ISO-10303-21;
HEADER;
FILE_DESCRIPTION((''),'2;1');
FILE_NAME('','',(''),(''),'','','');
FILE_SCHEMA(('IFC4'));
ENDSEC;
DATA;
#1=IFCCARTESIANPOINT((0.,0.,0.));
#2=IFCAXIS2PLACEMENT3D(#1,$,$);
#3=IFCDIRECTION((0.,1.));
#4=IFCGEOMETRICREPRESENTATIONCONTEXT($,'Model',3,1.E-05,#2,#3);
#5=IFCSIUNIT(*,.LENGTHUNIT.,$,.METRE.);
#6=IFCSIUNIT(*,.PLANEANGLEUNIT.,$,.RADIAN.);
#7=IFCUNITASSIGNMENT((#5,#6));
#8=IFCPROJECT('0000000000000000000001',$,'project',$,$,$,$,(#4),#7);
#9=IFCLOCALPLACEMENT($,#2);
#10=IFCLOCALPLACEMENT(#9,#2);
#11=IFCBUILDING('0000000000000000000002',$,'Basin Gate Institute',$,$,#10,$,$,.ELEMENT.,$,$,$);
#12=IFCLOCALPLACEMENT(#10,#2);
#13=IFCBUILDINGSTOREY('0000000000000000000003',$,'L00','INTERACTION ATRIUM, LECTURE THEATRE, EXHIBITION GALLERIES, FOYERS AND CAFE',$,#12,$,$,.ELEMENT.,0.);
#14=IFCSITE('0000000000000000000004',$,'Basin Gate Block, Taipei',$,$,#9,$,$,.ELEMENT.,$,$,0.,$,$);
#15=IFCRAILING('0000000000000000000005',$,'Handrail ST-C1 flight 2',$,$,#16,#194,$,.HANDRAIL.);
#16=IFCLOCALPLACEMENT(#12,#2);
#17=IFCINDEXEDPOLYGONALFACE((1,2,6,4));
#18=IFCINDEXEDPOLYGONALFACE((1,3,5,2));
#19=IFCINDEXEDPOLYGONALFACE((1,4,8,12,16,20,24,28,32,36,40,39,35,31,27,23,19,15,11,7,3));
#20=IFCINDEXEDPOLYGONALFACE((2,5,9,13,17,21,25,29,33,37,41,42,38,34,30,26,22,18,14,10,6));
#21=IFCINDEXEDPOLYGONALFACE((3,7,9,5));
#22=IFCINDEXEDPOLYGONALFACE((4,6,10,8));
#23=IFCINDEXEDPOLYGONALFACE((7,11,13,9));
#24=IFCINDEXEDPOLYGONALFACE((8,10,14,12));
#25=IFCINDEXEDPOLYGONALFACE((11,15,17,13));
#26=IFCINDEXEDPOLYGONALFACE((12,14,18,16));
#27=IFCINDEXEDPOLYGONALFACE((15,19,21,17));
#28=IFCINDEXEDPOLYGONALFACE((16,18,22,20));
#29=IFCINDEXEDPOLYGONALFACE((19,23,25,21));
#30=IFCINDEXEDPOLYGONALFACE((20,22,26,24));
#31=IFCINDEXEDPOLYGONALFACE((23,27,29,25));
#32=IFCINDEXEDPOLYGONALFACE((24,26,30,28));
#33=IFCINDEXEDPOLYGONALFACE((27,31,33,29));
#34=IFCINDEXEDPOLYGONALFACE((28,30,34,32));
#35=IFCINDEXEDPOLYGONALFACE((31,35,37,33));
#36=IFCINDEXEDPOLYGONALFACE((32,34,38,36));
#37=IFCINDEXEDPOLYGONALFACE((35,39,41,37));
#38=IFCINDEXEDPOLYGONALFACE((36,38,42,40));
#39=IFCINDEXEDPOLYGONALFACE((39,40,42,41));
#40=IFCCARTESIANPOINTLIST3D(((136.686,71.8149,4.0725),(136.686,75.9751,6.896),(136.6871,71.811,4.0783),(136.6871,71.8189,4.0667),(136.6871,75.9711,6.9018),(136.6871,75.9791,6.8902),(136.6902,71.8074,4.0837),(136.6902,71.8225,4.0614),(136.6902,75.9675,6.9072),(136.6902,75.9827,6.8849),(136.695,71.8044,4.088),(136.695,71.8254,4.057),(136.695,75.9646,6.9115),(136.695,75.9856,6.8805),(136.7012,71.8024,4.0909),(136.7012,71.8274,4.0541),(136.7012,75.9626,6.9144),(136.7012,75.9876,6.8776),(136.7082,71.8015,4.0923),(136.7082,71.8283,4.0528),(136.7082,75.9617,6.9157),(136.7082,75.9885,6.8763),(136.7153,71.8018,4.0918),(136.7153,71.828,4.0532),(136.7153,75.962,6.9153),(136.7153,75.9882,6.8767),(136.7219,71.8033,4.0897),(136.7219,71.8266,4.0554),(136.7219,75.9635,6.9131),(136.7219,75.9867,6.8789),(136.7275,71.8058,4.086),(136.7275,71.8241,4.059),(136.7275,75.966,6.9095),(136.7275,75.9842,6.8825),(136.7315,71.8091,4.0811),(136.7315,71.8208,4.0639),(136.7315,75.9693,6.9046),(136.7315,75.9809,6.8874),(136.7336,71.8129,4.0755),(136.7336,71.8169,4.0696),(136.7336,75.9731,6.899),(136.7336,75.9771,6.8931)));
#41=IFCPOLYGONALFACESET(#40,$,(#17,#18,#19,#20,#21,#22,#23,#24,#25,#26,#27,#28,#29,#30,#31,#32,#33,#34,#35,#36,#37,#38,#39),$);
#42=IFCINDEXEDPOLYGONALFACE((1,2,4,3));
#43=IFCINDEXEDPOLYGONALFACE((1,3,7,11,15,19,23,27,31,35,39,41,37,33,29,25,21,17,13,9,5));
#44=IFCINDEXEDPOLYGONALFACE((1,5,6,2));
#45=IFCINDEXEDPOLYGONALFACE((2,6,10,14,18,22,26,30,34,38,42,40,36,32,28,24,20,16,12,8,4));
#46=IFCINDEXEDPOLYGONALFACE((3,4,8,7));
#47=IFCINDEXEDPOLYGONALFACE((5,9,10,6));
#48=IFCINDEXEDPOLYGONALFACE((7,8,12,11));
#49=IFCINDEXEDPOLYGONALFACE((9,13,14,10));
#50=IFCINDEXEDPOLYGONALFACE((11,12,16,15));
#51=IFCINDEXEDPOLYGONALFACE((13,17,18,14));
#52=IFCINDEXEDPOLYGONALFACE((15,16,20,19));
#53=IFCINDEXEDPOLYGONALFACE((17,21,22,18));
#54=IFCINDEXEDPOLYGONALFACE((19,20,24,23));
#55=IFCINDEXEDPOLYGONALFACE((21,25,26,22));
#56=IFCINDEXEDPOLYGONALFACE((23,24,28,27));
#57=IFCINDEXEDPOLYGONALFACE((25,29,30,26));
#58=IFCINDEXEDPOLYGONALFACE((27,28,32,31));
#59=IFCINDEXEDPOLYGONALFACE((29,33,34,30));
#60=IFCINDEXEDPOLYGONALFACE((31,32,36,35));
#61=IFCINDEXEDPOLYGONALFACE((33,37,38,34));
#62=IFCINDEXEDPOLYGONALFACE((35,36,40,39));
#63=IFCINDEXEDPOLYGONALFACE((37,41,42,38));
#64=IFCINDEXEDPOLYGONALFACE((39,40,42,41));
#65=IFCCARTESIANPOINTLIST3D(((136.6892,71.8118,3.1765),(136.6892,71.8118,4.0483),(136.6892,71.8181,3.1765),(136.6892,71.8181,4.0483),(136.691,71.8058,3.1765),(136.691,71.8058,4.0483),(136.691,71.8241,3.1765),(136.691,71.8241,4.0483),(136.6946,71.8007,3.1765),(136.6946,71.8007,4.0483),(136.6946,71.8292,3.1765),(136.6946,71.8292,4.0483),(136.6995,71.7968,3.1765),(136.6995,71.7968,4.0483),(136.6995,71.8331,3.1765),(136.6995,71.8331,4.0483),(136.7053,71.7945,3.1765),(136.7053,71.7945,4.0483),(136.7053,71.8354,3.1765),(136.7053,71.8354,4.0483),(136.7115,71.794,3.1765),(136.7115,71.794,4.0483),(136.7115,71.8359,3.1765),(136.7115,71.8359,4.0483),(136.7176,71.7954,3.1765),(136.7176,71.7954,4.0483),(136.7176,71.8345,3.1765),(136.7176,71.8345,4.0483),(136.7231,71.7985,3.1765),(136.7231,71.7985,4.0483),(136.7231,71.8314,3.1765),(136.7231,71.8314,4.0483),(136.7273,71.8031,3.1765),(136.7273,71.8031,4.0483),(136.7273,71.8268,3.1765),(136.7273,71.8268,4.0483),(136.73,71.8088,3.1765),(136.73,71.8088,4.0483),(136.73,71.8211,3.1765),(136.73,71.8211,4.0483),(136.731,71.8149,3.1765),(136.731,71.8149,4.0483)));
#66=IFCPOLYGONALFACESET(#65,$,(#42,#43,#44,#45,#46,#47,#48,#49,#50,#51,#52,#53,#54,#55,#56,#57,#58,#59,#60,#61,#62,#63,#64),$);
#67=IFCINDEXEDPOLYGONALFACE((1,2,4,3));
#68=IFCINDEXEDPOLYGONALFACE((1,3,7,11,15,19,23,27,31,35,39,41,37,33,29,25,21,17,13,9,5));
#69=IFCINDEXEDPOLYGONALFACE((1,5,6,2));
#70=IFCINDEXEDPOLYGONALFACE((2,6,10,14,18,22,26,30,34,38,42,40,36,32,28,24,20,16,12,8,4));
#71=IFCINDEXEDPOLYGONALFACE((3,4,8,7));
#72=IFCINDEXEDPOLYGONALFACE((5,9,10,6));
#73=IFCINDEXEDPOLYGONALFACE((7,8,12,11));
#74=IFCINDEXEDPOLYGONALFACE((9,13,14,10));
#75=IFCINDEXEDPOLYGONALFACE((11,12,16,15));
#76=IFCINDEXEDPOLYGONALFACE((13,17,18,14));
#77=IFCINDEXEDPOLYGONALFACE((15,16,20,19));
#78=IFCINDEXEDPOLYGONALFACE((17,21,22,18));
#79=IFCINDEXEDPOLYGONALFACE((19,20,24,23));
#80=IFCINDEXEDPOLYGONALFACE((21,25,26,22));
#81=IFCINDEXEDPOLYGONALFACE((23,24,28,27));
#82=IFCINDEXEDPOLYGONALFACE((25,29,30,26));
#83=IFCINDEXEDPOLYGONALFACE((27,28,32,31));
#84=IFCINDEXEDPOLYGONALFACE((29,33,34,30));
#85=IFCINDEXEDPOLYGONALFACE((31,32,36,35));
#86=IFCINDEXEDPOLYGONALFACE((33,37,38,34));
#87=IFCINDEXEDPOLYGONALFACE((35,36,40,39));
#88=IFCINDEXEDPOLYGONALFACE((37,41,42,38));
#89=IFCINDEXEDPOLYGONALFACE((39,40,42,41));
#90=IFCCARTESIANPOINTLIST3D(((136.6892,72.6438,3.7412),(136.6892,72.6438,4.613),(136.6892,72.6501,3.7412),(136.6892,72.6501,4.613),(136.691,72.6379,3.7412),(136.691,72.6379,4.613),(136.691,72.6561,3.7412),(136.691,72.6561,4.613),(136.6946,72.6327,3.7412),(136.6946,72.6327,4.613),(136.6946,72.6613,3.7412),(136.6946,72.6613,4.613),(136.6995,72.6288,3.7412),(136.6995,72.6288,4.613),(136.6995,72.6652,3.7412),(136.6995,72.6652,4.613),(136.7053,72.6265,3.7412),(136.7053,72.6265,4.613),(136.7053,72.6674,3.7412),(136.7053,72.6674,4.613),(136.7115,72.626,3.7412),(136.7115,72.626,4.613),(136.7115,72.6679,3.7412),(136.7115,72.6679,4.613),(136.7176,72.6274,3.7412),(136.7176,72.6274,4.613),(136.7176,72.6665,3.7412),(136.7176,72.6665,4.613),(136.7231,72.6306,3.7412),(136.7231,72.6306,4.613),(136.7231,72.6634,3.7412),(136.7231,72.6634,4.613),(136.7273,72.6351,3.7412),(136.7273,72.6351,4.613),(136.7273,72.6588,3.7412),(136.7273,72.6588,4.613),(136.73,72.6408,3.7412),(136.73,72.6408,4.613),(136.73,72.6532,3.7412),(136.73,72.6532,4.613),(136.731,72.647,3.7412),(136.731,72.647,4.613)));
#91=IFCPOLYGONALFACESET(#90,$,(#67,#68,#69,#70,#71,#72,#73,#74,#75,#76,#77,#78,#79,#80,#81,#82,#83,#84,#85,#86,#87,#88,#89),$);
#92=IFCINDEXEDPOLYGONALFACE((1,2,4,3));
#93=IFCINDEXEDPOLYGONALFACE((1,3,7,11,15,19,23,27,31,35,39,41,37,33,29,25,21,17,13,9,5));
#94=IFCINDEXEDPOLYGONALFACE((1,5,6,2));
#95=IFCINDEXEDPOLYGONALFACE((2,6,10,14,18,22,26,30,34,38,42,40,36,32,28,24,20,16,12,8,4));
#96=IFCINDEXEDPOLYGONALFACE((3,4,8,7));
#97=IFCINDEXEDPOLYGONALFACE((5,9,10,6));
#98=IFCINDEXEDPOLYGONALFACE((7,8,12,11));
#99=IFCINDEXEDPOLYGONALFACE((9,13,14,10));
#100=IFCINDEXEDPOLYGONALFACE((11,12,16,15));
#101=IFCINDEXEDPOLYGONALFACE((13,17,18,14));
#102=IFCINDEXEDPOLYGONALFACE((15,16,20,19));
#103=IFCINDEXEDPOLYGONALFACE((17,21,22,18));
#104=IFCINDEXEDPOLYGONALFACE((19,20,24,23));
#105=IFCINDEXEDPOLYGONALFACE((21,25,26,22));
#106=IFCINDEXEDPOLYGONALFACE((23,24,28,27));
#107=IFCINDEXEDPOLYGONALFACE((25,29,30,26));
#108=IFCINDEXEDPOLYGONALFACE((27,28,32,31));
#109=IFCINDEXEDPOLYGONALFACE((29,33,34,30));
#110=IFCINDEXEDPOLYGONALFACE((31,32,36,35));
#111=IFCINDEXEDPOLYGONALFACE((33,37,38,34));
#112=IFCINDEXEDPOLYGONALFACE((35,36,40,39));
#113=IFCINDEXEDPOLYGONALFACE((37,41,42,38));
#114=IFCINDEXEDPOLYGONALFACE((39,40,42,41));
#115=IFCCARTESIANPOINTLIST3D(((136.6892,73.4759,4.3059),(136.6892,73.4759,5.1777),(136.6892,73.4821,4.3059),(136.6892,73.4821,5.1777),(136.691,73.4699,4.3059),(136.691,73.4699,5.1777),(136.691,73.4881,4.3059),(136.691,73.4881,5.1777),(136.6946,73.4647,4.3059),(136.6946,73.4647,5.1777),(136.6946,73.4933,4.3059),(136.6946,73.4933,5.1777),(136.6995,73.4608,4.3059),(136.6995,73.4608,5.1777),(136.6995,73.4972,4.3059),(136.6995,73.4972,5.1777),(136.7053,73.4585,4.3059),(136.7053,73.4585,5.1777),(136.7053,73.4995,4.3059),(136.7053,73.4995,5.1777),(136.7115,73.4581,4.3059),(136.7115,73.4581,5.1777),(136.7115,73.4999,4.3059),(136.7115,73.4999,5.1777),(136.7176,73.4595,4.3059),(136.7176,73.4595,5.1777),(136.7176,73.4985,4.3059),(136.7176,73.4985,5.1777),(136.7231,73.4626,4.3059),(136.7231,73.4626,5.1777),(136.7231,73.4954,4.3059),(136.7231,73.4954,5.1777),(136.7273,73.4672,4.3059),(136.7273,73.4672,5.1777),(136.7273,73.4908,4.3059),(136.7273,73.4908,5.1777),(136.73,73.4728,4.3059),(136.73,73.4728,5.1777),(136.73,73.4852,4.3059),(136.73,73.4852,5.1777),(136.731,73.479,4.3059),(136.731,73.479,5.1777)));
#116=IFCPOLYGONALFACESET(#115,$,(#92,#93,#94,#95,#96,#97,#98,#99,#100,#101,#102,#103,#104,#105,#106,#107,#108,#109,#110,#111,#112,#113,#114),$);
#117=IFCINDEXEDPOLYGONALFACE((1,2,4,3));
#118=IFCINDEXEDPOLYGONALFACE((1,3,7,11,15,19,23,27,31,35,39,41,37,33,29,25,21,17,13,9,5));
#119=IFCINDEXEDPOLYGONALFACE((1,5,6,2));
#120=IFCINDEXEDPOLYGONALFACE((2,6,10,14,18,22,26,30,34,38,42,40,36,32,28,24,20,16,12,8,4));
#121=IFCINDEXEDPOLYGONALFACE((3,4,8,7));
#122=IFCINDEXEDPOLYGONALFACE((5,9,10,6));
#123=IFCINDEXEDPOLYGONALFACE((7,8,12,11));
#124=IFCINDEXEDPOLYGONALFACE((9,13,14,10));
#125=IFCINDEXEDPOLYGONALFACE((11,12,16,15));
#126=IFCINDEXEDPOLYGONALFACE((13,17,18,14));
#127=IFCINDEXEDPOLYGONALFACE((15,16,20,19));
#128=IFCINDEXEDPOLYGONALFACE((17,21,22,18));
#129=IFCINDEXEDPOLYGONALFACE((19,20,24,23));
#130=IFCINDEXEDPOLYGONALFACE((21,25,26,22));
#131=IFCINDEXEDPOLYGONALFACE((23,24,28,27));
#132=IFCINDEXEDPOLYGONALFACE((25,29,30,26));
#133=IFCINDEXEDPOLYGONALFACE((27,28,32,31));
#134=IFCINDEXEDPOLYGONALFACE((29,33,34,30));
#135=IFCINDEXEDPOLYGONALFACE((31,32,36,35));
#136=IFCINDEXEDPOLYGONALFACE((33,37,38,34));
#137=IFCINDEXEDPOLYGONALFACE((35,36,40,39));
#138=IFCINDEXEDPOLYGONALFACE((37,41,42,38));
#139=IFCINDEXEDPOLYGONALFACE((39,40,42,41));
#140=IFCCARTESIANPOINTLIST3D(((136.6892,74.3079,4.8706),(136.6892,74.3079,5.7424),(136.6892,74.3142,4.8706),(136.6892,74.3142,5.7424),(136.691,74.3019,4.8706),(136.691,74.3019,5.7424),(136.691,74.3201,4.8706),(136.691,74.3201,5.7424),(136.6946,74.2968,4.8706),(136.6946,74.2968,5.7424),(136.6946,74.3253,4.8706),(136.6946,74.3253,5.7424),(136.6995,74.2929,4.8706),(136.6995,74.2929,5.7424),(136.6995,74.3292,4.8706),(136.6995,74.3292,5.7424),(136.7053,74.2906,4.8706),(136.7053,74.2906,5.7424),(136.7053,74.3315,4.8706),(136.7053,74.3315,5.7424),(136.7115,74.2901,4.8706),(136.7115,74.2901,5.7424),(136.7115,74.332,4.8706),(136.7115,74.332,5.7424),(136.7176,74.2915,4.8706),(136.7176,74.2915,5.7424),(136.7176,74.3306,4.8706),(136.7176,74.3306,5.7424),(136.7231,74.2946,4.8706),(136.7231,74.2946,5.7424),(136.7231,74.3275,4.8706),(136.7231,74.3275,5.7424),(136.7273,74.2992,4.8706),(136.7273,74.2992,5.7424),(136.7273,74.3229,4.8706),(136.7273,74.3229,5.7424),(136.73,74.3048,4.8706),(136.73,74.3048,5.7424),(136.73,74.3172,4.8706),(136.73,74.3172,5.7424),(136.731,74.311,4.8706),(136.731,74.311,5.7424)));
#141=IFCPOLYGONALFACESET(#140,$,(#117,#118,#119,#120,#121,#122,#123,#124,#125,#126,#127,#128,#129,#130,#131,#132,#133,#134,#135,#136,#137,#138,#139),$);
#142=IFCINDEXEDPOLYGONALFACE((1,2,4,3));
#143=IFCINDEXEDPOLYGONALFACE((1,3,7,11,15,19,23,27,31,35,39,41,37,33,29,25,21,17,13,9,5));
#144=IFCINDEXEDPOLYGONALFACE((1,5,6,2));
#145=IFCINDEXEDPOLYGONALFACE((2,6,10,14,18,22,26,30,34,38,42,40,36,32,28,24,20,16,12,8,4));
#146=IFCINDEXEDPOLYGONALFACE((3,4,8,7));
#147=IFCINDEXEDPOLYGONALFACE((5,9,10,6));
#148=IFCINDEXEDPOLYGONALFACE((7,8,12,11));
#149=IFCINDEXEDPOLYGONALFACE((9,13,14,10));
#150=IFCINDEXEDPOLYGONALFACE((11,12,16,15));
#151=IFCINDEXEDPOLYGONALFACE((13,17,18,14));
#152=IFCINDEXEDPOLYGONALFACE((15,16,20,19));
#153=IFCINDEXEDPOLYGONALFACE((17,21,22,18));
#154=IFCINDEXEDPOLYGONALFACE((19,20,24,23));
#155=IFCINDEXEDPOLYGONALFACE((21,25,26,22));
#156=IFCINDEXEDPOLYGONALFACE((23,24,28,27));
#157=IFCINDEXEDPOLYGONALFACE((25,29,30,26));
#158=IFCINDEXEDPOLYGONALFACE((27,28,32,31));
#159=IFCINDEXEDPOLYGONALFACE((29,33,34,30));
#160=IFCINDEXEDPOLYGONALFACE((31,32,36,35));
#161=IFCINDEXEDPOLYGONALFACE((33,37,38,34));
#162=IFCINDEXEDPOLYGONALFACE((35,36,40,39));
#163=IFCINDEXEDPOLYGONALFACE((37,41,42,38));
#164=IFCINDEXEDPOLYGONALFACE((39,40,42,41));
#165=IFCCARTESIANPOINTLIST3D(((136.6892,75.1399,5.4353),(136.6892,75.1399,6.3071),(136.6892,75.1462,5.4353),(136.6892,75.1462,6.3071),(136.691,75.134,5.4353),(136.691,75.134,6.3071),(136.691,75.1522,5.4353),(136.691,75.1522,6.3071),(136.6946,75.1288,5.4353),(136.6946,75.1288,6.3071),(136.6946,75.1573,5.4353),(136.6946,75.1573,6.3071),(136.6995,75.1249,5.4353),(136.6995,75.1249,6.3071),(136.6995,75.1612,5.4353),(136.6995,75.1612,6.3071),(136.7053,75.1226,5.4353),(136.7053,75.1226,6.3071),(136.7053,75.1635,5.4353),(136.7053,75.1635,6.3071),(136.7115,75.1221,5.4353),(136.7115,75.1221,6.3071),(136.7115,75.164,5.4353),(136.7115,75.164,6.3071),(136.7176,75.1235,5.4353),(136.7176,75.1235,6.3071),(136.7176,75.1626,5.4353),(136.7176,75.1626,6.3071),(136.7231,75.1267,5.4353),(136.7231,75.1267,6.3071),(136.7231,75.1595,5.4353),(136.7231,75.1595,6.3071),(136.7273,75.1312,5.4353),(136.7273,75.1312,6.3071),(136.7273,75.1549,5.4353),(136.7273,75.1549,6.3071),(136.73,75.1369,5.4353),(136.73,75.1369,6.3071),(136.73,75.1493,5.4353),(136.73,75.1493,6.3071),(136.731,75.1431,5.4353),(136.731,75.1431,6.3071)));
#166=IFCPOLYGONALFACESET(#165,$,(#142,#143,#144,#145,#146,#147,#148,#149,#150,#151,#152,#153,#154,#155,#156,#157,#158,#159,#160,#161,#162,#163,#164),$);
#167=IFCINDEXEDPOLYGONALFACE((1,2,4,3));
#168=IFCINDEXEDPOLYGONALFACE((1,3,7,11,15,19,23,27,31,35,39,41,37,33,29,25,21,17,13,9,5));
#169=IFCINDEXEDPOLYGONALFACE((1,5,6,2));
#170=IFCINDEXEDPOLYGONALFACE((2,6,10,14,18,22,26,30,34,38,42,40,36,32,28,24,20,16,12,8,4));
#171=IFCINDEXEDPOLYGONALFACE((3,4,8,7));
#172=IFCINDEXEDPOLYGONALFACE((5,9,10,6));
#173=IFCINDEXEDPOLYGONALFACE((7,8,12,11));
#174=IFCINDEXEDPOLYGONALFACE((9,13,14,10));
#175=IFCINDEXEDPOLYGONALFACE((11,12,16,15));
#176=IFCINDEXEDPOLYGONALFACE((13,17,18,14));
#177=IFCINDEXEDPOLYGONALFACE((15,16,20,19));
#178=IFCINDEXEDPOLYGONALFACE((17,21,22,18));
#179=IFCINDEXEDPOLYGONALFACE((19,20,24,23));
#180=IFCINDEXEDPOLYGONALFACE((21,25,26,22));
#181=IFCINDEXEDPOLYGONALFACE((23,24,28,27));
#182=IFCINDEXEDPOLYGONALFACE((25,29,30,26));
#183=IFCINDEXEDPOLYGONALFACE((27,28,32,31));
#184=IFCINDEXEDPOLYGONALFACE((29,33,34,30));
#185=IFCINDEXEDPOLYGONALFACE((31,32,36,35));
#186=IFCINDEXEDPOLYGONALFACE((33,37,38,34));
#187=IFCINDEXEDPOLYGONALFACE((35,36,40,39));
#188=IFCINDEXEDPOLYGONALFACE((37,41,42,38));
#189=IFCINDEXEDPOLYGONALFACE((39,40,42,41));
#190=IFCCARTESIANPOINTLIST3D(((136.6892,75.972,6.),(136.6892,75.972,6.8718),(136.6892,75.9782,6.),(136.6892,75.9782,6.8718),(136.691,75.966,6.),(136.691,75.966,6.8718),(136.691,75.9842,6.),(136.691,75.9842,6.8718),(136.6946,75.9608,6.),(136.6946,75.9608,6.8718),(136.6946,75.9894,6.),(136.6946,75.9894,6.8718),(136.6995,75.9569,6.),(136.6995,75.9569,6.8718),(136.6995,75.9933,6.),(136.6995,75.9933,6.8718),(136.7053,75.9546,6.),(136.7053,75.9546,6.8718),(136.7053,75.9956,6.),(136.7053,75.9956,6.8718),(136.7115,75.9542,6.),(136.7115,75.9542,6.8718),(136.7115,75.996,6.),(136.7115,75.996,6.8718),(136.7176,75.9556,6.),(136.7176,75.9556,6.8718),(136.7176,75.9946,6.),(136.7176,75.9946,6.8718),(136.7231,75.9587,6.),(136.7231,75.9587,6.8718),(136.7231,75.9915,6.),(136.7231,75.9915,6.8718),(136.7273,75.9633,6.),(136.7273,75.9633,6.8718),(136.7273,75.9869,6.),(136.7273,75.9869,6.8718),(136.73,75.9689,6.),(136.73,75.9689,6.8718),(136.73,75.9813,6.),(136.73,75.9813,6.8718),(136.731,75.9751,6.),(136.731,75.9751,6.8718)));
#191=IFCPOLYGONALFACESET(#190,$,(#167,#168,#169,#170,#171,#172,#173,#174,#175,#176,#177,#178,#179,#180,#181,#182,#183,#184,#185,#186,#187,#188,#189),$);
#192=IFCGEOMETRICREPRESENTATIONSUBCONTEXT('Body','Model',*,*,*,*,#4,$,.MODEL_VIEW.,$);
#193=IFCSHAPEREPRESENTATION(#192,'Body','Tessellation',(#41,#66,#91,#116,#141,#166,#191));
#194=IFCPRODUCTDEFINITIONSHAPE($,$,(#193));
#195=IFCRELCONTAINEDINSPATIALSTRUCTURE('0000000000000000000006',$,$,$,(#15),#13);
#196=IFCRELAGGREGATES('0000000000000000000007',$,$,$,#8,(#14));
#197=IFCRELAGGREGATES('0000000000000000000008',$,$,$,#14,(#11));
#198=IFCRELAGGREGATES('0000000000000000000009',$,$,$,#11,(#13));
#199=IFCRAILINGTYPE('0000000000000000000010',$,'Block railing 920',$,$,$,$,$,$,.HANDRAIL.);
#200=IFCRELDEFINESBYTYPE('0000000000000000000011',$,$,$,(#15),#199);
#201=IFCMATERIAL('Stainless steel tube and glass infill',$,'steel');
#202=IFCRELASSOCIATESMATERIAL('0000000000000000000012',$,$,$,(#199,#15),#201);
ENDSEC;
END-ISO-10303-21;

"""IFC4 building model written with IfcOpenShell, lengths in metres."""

from ifc_helpers import new_model, si_unit, direction, frame, origin, origin_2d, place, context, subcontext, project, spatial, circle, extrude, material, type_object, element, save


model = new_model("IFC4")

# Units and contexts
model_context = context("Model", 3, precision=1e-05, world=origin(), true_north=direction((0.0, 1.0)))
body_context = subcontext(model_context, "Body", "Model", "MODEL_VIEW")
ifc_project = project(units=[si_unit("LENGTHUNIT", "METRE"), si_unit("PLANEANGLEUNIT", "RADIAN")], contexts=[model_context])

# Site, building, storey
site_placement = place(None, origin())
site = spatial("IfcSite", under=ifc_project, at=site_placement, Name="Basin Gate Block, Taipei", CompositionType="ELEMENT", RefElevation=0.0)
building_placement = place(site_placement, origin())
building = spatial("IfcBuilding", under=site, at=building_placement, Name="Basin Gate Institute", CompositionType="ELEMENT")
storey_placement = place(building_placement, origin())
storey = spatial("IfcBuildingStorey", under=building, at=storey_placement, Name="L00", Description="INTERACTION ATRIUM, LECTURE THEATRE, EXHIBITION GALLERIES, FOYERS AND CAFE", CompositionType="ELEMENT", Elevation=0.0)

# Railing
ifc_material_1 = material(Name="Stainless steel tube and glass infill", Category="steel")
railing_type_1 = type_object("IfcRailingType", Name="Block railing 920", PredefinedType="HANDRAIL", material=ifc_material_1)
for number, where, name in (
    (1, (136.71, 71.8149, 3.1765), "Handrail ST-C1 flight 2"),
):
    element("IfcRailing", number, at=place(storey_placement, frame(where)), inside=storey, type_object=railing_type_1, material=ifc_material_1, Name=name, PredefinedType="HANDRAIL", context=body_context, shape_type="SweptSolid", body=[
        extrude(circle(Radius=0.0239, at=origin_2d()), frame((0.0, 0.0, 0.896), z_axis=(0.0, 0.827427, 0.561573), x_axis=(-1.0, 0.0, 0.0)), (0.0, 0.0, 1.0), 5.0278),
        extrude(circle(Radius=0.021, at=origin_2d()), origin(), (0.0, 0.0, 1.0), 0.8718),
        extrude(circle(Radius=0.021, at=origin_2d()), frame((0.0, 0.832, 0.5647)), (0.0, 0.0, 1.0), 0.8718),
        extrude(circle(Radius=0.021, at=origin_2d()), frame((0.0, 1.6641, 1.1294)), (0.0, 0.0, 1.0), 0.8718),
        extrude(circle(Radius=0.021, at=origin_2d()), frame((0.0, 2.4961, 1.6941)), (0.0, 0.0, 1.0), 0.8718),
        extrude(circle(Radius=0.021, at=origin_2d()), frame((0.0, 3.3281, 2.2588)), (0.0, 0.0, 1.0), 0.8718),
        extrude(circle(Radius=0.021, at=origin_2d()), frame((0.0, 4.1602, 2.8235)), (0.0, 0.0, 1.0), 0.8718),
    ])

save(model, "model.ifc")
